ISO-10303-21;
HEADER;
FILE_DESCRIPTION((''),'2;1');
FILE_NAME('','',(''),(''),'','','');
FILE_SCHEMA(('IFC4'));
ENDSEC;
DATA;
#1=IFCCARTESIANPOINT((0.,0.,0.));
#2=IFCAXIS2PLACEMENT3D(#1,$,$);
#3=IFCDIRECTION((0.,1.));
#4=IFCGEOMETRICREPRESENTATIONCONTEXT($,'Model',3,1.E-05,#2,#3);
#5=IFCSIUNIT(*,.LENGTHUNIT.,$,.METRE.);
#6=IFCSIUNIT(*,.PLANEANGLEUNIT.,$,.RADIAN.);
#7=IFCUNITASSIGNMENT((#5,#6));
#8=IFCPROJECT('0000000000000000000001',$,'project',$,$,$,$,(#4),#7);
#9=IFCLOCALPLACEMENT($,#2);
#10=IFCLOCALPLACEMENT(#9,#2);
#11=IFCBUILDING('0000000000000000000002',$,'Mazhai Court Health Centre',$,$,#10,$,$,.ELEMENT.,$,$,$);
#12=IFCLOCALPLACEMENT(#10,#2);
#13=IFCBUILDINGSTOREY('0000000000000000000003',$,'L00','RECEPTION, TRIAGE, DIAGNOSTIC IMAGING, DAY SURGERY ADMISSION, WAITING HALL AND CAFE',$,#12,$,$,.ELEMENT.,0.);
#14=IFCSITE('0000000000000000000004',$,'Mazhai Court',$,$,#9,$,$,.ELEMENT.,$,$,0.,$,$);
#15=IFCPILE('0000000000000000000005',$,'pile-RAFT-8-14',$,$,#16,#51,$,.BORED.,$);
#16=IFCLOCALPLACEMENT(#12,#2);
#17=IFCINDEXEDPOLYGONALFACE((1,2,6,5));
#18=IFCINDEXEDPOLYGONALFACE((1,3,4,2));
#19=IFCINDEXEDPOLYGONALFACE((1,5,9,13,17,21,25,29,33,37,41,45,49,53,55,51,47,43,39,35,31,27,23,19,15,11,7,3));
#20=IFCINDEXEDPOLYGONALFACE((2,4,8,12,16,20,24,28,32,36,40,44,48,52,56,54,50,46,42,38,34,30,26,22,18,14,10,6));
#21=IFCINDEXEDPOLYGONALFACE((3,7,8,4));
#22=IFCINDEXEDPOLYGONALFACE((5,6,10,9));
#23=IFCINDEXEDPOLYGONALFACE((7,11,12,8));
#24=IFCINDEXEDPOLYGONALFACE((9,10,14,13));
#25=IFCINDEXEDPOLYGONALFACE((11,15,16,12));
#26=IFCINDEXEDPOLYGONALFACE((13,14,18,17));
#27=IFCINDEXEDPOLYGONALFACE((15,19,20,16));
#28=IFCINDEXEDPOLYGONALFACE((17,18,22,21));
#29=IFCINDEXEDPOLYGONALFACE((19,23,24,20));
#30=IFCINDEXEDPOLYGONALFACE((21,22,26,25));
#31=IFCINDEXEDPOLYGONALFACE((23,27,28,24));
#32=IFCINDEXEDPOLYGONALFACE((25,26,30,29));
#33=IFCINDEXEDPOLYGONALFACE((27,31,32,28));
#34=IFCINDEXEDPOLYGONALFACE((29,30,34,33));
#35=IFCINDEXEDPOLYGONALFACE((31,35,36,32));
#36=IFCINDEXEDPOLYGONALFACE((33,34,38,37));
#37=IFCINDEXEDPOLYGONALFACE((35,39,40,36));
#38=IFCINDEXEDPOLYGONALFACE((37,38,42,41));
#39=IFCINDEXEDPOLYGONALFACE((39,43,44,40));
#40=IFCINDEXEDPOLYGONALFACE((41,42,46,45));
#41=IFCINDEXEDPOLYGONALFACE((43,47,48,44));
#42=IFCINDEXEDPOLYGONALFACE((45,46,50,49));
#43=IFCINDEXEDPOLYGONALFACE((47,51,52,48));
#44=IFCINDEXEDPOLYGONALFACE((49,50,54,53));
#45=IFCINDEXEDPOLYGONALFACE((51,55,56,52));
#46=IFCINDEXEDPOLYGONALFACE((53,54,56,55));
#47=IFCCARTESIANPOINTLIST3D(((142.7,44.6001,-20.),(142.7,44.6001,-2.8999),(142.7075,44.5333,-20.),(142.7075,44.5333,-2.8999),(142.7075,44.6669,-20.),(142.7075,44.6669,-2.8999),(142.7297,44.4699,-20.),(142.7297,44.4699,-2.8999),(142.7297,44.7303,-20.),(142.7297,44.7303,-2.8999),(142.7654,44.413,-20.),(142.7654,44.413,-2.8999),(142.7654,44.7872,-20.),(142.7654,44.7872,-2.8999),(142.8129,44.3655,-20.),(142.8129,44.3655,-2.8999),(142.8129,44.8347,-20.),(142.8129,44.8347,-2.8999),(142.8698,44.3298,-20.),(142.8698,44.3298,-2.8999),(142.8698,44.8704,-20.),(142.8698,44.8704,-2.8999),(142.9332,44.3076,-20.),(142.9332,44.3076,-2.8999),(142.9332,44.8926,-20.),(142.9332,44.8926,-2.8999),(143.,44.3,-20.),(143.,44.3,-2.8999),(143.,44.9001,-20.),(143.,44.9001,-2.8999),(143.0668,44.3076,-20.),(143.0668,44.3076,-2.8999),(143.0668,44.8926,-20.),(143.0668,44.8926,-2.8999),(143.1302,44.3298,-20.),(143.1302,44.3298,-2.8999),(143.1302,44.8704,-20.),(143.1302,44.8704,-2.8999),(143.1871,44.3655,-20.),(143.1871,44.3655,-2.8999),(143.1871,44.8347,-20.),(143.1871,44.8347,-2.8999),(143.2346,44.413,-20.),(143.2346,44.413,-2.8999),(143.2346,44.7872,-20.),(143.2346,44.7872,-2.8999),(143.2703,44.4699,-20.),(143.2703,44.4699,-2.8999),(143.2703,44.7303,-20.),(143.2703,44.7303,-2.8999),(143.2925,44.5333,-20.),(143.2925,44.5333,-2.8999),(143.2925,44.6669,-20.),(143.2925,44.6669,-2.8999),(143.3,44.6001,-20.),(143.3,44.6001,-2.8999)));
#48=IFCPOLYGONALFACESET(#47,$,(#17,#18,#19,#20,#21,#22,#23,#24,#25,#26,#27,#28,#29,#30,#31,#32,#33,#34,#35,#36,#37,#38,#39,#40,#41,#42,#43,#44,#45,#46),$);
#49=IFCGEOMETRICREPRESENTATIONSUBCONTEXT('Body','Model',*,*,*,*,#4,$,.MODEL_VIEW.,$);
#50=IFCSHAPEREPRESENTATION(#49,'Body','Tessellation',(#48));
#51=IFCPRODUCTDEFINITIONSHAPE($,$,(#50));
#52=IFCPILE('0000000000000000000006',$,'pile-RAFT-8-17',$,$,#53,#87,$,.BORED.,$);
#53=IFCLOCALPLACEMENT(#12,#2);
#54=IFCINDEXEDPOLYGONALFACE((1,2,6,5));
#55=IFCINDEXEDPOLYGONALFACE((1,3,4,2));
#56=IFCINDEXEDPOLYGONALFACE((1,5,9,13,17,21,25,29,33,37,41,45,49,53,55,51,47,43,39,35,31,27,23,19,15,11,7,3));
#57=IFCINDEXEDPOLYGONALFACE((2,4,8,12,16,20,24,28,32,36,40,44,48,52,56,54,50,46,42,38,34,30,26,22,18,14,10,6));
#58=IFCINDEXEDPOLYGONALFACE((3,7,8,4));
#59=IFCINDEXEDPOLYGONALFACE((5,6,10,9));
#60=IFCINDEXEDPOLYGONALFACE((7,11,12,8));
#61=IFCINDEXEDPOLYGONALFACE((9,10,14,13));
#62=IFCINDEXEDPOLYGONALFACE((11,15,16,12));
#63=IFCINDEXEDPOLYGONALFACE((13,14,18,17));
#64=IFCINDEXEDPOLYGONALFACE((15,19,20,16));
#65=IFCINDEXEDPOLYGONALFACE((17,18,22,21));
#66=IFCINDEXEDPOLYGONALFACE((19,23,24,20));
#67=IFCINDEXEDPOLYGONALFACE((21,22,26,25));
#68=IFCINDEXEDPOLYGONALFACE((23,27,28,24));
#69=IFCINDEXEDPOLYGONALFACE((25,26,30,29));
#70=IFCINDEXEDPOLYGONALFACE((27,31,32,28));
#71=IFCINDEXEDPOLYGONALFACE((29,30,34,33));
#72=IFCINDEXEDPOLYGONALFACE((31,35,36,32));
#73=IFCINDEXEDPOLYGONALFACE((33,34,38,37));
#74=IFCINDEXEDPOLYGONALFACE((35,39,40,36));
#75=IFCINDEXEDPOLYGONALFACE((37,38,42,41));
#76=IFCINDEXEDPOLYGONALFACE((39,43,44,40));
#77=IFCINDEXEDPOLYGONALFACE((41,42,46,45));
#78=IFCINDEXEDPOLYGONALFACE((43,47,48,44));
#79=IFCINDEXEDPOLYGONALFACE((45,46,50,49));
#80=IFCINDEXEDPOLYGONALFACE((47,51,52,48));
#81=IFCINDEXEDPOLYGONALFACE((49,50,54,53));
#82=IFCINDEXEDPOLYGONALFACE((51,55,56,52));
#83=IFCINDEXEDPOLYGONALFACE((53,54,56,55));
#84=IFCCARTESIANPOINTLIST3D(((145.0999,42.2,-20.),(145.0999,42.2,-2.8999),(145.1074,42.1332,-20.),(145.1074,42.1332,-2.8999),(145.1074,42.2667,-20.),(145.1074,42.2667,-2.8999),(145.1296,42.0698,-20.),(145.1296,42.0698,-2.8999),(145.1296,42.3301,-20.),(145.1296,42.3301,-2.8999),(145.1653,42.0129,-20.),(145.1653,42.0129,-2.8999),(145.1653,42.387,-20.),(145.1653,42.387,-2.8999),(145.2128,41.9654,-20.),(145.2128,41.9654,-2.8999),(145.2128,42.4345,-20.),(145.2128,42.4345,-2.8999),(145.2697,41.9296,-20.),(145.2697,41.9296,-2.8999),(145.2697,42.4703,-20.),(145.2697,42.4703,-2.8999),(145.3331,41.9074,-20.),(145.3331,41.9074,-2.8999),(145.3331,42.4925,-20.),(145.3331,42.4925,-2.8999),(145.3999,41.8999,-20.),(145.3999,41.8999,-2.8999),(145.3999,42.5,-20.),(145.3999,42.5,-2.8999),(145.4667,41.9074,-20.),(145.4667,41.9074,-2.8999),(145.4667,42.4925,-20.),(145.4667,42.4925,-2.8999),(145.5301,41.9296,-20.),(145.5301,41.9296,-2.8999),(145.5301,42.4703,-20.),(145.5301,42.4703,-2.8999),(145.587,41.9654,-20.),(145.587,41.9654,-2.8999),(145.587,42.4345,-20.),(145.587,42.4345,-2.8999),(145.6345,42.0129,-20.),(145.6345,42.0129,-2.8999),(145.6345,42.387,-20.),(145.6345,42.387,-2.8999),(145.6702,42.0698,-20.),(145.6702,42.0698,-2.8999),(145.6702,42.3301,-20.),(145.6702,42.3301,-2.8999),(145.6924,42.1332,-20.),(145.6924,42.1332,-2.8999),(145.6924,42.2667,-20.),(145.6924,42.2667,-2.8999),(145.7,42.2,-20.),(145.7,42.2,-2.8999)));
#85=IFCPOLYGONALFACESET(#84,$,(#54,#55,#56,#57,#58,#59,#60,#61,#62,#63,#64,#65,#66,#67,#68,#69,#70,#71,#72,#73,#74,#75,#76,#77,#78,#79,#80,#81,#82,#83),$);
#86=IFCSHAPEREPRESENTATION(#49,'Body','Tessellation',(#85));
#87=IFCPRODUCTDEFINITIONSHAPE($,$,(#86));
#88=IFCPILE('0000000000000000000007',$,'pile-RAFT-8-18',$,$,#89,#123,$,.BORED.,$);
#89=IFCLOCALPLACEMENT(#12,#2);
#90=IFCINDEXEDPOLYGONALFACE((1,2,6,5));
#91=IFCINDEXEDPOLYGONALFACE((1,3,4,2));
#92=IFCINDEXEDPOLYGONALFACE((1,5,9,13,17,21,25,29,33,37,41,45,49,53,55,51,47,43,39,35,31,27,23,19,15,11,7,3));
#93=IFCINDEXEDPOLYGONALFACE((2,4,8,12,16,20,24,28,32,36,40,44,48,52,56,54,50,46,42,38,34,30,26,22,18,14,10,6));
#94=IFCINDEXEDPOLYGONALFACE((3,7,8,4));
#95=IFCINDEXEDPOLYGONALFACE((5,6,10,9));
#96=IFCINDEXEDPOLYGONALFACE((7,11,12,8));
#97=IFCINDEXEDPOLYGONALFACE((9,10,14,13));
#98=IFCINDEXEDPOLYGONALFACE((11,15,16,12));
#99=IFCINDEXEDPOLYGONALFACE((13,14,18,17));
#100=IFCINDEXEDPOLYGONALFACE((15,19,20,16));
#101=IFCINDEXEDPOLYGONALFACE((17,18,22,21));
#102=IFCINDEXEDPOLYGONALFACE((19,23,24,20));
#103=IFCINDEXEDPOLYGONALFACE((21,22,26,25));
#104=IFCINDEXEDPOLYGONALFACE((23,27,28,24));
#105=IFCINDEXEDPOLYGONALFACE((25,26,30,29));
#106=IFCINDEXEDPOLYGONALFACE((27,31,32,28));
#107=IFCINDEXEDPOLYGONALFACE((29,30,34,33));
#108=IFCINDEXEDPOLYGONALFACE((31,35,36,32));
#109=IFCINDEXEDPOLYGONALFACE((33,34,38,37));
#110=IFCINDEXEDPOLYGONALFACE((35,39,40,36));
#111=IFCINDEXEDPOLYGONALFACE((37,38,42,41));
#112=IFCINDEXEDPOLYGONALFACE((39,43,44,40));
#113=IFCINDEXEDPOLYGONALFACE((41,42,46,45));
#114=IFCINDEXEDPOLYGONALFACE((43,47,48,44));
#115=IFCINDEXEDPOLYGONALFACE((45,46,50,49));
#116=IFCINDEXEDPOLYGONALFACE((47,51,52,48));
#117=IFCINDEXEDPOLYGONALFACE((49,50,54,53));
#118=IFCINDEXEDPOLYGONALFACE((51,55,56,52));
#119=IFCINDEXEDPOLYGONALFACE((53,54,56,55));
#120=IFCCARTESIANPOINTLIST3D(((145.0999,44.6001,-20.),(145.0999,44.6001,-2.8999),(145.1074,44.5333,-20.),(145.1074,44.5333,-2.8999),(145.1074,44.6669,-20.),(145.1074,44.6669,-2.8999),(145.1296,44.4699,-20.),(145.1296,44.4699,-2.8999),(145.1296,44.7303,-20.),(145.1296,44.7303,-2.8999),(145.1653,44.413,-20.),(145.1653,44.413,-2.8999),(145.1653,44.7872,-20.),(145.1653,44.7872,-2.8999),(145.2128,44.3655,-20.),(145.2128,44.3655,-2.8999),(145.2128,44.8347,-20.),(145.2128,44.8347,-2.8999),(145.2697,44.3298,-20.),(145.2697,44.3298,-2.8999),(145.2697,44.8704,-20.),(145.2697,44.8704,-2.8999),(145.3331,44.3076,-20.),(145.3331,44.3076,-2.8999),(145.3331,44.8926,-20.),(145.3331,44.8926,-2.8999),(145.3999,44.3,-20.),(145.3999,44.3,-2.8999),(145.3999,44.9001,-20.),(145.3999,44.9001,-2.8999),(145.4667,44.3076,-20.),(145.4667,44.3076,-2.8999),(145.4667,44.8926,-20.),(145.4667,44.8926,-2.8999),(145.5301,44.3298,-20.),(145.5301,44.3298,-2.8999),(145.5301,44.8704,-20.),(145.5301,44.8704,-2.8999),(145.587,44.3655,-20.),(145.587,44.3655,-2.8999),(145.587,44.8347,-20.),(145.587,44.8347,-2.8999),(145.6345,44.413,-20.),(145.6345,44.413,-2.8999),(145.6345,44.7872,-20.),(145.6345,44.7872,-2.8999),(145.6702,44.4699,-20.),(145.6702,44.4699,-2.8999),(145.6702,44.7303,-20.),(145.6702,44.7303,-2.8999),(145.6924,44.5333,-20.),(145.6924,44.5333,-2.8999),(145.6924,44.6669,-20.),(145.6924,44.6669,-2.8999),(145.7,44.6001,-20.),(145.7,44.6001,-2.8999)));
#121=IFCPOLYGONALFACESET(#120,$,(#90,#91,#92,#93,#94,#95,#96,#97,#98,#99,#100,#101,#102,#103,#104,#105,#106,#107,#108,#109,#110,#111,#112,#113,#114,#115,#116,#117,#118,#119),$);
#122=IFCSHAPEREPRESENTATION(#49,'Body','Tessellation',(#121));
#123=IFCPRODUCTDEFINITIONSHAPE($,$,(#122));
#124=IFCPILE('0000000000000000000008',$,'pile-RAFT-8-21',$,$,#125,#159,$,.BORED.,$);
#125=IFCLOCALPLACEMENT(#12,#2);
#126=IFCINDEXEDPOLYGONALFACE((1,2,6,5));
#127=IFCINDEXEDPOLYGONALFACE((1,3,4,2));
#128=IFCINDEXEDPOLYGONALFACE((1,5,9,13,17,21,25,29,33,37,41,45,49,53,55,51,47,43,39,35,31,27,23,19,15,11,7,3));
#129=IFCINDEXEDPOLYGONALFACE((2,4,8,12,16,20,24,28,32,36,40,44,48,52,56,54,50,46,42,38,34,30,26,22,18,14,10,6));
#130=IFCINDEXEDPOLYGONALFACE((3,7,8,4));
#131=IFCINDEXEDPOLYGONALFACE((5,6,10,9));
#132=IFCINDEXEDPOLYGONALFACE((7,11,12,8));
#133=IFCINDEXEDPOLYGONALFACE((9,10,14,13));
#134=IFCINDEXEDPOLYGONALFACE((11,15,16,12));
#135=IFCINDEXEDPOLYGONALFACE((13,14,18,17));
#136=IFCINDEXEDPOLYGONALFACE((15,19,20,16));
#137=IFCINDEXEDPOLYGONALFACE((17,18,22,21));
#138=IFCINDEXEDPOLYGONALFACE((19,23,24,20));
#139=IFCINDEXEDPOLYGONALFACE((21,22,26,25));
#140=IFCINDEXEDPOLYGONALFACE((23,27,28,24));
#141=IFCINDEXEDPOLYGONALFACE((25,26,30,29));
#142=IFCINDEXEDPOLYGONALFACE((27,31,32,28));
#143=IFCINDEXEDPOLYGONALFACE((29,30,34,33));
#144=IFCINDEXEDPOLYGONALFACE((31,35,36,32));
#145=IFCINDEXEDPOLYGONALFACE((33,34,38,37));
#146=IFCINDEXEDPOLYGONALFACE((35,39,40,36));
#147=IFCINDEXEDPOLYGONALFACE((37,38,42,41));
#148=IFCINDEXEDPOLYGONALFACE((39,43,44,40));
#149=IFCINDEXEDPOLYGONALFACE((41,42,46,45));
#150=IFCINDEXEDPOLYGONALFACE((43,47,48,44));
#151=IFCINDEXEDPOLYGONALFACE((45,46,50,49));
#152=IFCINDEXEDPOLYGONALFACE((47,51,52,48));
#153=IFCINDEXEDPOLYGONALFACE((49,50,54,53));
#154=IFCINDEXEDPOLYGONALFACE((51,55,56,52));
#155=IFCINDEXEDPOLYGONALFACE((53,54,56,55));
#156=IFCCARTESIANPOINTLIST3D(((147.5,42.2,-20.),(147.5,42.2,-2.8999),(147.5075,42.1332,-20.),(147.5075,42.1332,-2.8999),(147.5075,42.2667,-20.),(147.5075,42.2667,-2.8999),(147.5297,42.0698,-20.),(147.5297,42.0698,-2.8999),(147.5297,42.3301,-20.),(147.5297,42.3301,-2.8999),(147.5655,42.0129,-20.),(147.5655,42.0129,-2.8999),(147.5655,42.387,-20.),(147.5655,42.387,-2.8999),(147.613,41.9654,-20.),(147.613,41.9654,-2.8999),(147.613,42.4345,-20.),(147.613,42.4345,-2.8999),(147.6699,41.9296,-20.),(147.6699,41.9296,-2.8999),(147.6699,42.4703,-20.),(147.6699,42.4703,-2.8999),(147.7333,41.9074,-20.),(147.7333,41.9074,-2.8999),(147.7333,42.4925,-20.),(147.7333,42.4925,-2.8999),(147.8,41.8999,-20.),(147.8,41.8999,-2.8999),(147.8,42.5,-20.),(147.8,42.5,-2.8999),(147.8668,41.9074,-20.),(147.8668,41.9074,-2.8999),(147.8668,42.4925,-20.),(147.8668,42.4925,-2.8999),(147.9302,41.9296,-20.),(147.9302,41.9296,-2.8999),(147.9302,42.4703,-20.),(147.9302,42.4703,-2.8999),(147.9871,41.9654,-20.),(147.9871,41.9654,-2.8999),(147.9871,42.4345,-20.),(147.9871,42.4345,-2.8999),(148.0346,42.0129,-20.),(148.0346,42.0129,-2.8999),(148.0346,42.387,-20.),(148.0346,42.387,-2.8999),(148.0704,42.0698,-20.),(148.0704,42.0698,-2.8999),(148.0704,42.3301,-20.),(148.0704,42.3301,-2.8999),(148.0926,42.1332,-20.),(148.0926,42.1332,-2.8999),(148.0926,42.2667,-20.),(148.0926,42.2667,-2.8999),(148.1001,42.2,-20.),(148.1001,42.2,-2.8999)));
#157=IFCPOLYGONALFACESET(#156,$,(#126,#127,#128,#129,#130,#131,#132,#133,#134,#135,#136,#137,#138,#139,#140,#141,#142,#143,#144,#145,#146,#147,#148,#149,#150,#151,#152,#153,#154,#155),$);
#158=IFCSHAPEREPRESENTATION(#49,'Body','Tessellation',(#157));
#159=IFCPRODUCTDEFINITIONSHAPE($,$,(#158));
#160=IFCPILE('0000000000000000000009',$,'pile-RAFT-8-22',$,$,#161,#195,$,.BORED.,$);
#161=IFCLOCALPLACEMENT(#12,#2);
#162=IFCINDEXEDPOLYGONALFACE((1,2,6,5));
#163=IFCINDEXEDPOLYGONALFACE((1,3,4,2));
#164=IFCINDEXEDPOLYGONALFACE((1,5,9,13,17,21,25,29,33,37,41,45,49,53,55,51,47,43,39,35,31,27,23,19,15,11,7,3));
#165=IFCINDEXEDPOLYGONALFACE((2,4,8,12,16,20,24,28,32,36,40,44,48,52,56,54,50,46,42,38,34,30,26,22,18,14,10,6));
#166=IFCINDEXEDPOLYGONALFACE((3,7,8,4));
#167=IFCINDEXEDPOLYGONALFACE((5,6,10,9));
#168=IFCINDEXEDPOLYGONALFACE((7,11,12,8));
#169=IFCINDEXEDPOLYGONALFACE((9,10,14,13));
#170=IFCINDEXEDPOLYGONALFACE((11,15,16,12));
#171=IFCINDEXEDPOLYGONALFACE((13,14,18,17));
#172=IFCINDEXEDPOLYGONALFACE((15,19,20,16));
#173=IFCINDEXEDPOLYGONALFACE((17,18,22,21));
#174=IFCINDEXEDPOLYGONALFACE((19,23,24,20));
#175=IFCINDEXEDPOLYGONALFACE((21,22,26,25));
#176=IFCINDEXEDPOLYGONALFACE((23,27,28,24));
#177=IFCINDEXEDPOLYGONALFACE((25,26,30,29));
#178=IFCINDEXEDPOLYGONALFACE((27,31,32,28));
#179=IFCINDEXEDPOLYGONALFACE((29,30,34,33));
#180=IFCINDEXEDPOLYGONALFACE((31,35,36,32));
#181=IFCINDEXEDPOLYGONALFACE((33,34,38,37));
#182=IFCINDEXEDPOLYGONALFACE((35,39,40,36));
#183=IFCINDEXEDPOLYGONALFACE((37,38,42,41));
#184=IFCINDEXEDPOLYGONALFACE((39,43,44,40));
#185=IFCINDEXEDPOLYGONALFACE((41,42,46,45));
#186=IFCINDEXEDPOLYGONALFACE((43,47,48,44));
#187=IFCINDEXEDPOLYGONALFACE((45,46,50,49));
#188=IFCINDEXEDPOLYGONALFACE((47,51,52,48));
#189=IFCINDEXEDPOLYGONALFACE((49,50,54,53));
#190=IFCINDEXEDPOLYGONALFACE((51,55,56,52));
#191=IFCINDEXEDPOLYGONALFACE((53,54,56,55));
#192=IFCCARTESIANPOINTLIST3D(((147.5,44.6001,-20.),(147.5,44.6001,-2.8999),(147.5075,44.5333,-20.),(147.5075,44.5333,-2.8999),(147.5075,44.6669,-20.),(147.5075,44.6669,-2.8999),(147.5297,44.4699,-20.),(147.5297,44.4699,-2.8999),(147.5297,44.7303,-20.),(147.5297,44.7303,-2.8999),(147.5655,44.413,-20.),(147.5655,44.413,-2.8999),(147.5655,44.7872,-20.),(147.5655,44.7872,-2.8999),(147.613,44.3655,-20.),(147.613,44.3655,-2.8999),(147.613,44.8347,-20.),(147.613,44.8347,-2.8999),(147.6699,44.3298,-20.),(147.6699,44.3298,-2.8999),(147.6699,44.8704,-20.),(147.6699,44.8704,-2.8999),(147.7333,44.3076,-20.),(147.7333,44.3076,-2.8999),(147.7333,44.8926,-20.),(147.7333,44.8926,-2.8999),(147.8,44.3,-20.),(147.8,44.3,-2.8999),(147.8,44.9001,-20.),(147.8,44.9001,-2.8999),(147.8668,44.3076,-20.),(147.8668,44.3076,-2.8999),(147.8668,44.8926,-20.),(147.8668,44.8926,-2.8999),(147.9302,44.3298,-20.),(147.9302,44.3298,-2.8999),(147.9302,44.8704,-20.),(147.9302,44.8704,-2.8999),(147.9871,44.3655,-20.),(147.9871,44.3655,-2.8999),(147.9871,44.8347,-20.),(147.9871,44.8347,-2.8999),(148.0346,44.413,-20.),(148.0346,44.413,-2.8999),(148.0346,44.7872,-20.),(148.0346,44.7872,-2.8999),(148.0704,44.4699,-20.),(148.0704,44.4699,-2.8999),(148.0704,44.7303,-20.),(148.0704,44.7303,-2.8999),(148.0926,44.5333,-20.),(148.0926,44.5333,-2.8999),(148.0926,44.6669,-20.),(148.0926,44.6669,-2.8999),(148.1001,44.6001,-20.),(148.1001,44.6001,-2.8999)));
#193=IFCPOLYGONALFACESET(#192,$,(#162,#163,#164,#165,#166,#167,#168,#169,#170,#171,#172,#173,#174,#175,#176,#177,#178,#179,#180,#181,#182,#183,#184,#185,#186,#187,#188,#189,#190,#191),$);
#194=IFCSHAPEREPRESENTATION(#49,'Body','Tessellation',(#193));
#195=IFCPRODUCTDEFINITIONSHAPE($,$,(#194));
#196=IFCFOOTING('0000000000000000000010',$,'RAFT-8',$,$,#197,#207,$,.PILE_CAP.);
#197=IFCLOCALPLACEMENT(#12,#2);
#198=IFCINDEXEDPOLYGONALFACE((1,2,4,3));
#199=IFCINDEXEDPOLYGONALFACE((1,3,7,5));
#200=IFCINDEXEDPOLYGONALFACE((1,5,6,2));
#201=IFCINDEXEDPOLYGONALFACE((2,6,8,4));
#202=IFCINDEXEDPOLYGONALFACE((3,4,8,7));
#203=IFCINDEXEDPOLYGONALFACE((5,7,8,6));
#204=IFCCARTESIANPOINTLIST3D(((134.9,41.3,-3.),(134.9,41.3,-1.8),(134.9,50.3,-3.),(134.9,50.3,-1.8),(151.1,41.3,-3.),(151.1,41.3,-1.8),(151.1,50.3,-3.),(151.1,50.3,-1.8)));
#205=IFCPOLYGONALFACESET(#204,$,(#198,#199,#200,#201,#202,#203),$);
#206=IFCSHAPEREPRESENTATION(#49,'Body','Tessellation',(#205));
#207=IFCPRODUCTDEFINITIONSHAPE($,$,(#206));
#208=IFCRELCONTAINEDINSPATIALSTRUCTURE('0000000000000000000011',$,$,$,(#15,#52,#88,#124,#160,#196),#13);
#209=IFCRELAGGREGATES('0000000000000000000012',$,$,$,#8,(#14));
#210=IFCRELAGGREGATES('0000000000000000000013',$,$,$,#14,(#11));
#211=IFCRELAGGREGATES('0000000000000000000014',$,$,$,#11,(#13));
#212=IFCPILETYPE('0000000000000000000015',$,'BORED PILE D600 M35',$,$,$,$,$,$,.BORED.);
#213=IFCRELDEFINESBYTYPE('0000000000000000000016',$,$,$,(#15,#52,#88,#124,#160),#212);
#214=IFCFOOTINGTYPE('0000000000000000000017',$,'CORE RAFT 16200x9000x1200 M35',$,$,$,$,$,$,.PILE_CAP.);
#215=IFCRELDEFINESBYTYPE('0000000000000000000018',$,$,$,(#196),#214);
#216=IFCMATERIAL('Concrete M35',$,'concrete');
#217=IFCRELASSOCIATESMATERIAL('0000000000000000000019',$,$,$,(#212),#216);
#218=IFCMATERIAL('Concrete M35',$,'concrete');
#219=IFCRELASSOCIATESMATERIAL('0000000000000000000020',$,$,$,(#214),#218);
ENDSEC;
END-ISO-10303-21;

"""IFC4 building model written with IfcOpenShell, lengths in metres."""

from ifc_helpers import new_model, si_unit, direction, frame, origin, origin_2d, place, context, subcontext, project, spatial, rectangle, circle, extrude, material, material_profile, profile_set, type_object, element, save


model = new_model("IFC4")

# Units and contexts
model_context = context("Model", 3, precision=1e-05, world=origin(), true_north=direction((0.0, 1.0)))
body_context = subcontext(model_context, "Body", "Model", "MODEL_VIEW")
ifc_project = project(units=[si_unit("LENGTHUNIT", "METRE"), si_unit("PLANEANGLEUNIT", "RADIAN")], contexts=[model_context])

# Site, building, storey
site_placement = place(None, origin())
site = spatial("IfcSite", under=ifc_project, at=site_placement, Name="Mazhai Court", CompositionType="ELEMENT", RefElevation=0.0)
building_placement = place(site_placement, origin())
building = spatial("IfcBuilding", under=site, at=building_placement, Name="Mazhai Court Health Centre", CompositionType="ELEMENT")
storey_placement = place(building_placement, origin())
storey = spatial("IfcBuildingStorey", under=building, at=storey_placement, Name="L00", Description="RECEPTION, TRIAGE, DIAGNOSTIC IMAGING, DAY SURGERY ADMISSION, WAITING HALL AND CAFE", CompositionType="ELEMENT", Elevation=0.0)

# Piles
ifc_material_1 = material(Name="Concrete M35", Category="concrete")
ifc_material_profile_1 = material_profile(ifc_material_1, circle(Radius=0.3, at=origin_2d()), Name="RC PILE D600")
ifc_profile_set_1 = profile_set([ifc_material_profile_1], Name="Concrete M35")
pile_type = type_object("IfcPileType", Name="BORED PILE D600 M35", PredefinedType="BORED", material=ifc_profile_set_1)
for number, where, z_axis, x_axis, name in (
    (1, (143.0, 44.6001, -2.8999), (0.0, 0.0, -1.0), (1.0, 0.0, 0.0), "pile-RAFT-8-14"),
    (2, (145.3999, 42.2, -2.8999), (0.0, 0.0, -1.0), (1.0, 0.0, 0.0), "pile-RAFT-8-17"),
    (3, (145.3999, 44.6001, -2.8999), (0.0, 0.0, -1.0), (1.0, 0.0, 0.0), "pile-RAFT-8-18"),
    (4, (147.8, 42.2, -2.8999), (0.0, 0.0, -1.0), (1.0, 0.0, 0.0), "pile-RAFT-8-21"),
    (5, (147.8, 44.6001, -2.8999), (0.0, 0.0, -1.0), (1.0, 0.0, 0.0), "pile-RAFT-8-22"),
):
    element("IfcPile", number, at=place(storey_placement, frame(where, z_axis=z_axis, x_axis=x_axis)), inside=storey, type_object=pile_type, Name=name, PredefinedType="BORED", context=body_context, shape_type="SweptSolid", body=[
        extrude(circle(Radius=0.3, at=origin_2d()), origin(), (0.0, 0.0, 1.0), 17.1001),
    ])

# Footing
ifc_material_2 = material(Name="Concrete M35", Category="concrete")
footing_type_1 = type_object("IfcFootingType", Name="CORE RAFT 16200x9000x1200 M35", PredefinedType="PILE_CAP", material=ifc_material_2)
footing_1_placement = place(storey_placement, frame((143.0, 45.8, -3.0), z_axis=(0.0, 0.0, 1.0), x_axis=(1.0, 0.0, 0.0)))
element("IfcFooting", 6, at=footing_1_placement, inside=storey, type_object=footing_type_1, Name="RAFT-8", PredefinedType="PILE_CAP", context=body_context, shape_type="SweptSolid", body=[
    extrude(rectangle(XDim=16.2, YDim=9.0, at=origin_2d()), origin(), (0.0, 0.0, 1.0), 1.2),
])

save(model, "model.ifc")
